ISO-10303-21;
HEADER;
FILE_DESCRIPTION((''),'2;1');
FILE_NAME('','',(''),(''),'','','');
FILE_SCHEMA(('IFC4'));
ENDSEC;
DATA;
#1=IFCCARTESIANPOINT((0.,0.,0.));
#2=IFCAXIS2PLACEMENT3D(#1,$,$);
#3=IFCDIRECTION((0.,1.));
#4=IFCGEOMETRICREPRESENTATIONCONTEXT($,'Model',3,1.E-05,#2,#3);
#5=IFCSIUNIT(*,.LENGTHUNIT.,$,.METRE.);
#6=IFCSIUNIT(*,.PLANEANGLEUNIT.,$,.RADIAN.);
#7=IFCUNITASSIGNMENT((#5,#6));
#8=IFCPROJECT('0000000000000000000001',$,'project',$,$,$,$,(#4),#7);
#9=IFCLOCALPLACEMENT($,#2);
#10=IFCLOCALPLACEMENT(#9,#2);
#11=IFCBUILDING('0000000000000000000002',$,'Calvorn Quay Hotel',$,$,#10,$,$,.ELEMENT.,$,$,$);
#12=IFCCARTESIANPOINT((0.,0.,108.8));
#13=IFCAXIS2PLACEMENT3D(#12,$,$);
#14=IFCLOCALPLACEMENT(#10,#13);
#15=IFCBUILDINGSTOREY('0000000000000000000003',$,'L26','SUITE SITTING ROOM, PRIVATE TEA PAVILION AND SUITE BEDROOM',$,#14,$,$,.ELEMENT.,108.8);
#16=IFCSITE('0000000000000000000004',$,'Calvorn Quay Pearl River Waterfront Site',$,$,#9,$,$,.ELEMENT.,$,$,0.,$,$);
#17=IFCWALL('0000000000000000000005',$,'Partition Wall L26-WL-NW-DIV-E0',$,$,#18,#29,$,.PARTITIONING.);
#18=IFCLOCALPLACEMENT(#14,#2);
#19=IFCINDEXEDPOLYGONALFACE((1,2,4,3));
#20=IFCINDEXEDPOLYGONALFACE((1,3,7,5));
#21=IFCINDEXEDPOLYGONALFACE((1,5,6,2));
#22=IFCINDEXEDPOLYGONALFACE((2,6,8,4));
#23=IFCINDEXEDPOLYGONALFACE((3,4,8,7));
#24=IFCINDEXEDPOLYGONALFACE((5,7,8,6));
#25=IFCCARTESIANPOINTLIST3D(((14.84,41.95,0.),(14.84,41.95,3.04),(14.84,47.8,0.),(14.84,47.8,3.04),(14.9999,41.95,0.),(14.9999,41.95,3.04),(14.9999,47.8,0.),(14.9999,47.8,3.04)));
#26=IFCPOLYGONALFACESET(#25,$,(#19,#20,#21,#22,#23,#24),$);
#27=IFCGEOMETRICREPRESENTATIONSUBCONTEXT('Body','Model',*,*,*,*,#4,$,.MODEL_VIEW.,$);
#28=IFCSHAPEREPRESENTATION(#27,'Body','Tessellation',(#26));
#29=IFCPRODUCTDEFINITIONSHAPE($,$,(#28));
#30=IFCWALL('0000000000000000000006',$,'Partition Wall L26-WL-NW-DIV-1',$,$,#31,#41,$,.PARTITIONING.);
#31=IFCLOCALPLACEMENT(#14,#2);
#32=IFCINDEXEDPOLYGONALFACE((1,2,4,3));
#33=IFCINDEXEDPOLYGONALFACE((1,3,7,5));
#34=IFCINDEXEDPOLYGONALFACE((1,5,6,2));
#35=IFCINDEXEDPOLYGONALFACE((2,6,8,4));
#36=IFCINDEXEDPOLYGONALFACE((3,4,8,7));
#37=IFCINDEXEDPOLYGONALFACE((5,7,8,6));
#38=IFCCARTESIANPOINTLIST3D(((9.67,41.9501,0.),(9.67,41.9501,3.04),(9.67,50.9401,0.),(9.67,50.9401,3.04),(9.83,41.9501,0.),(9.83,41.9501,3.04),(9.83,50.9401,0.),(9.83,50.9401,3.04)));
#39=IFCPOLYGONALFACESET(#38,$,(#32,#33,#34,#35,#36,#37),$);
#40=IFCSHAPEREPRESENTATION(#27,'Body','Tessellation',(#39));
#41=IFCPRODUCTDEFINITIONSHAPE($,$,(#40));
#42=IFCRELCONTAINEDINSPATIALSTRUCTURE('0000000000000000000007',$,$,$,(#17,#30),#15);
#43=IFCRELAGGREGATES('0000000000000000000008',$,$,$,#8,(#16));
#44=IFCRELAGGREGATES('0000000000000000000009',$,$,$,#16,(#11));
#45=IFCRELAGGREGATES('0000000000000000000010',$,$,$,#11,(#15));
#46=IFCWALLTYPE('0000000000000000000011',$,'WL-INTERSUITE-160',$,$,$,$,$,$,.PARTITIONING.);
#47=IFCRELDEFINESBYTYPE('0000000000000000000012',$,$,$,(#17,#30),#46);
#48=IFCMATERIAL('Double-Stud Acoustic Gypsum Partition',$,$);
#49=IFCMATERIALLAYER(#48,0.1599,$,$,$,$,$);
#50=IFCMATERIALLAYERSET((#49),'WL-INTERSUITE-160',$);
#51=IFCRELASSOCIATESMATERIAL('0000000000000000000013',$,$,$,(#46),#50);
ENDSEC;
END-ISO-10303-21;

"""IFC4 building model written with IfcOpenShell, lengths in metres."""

from ifc_helpers import new_model, si_unit, direction, frame, frame_2d, origin, place, context, subcontext, project, spatial, rectangle, extrude, material, layer, layer_set, type_object, element, save


model = new_model("IFC4")

# Units and contexts
model_context = context("Model", 3, precision=1e-05, world=origin(), true_north=direction((0.0, 1.0)))
body_context = subcontext(model_context, "Body", "Model", "MODEL_VIEW")
ifc_project = project(units=[si_unit("LENGTHUNIT", "METRE"), si_unit("PLANEANGLEUNIT", "RADIAN")], contexts=[model_context])

# Site, building, storey
site_placement = place(None, origin())
site = spatial("IfcSite", under=ifc_project, at=site_placement, Name="Calvorn Quay Pearl River Waterfront Site", CompositionType="ELEMENT", RefElevation=0.0)
building_placement = place(site_placement, origin())
building = spatial("IfcBuilding", under=site, at=building_placement, Name="Calvorn Quay Hotel", CompositionType="ELEMENT")
storey_placement = place(building_placement, frame((0.0, 0.0, 108.8)))
storey = spatial("IfcBuildingStorey", under=building, at=storey_placement, Name="L26", Description="SUITE SITTING ROOM, PRIVATE TEA PAVILION AND SUITE BEDROOM", CompositionType="ELEMENT", Elevation=108.8)

# Walls
ifc_material_1 = material(Name="Double-Stud Acoustic Gypsum Partition")
ifc_layer_1 = layer(ifc_material_1, 0.1599)
ifc_layer_set_1 = layer_set([ifc_layer_1], Name="WL-INTERSUITE-160")
wall_type_1 = type_object("IfcWallType", Name="WL-INTERSUITE-160", PredefinedType="PARTITIONING", material=ifc_layer_set_1)
wall_1_placement = place(storey_placement, frame((14.9199, 41.95, 0.0), z_axis=(0.0, 0.0, 1.0), x_axis=(0.0, 1.0, 0.0)))
element("IfcWall", 1, at=wall_1_placement, inside=storey, type_object=wall_type_1, Name="Partition Wall L26-WL-NW-DIV-E0", PredefinedType="PARTITIONING", context=body_context, shape_type="SweptSolid", body=[
    extrude(rectangle(XDim=5.8501, YDim=0.1599, at=frame_2d((2.925, 0.0))), origin(), (0.0, 0.0, 1.0), 3.04),
])
wall_2_placement = place(storey_placement, frame((9.75, 41.95, 0.0), z_axis=(0.0, 0.0, 1.0), x_axis=(0.0, 1.0, 0.0)))
element("IfcWall", 2, at=wall_2_placement, inside=storey, type_object=wall_type_1, Name="Partition Wall L26-WL-NW-DIV-1", PredefinedType="PARTITIONING", context=body_context, shape_type="SweptSolid", body=[
    extrude(rectangle(XDim=8.99, YDim=0.1599, at=frame_2d((4.4951, 0.0))), origin(), (0.0, 0.0, 1.0), 3.04),
])

save(model, "model.ifc")
